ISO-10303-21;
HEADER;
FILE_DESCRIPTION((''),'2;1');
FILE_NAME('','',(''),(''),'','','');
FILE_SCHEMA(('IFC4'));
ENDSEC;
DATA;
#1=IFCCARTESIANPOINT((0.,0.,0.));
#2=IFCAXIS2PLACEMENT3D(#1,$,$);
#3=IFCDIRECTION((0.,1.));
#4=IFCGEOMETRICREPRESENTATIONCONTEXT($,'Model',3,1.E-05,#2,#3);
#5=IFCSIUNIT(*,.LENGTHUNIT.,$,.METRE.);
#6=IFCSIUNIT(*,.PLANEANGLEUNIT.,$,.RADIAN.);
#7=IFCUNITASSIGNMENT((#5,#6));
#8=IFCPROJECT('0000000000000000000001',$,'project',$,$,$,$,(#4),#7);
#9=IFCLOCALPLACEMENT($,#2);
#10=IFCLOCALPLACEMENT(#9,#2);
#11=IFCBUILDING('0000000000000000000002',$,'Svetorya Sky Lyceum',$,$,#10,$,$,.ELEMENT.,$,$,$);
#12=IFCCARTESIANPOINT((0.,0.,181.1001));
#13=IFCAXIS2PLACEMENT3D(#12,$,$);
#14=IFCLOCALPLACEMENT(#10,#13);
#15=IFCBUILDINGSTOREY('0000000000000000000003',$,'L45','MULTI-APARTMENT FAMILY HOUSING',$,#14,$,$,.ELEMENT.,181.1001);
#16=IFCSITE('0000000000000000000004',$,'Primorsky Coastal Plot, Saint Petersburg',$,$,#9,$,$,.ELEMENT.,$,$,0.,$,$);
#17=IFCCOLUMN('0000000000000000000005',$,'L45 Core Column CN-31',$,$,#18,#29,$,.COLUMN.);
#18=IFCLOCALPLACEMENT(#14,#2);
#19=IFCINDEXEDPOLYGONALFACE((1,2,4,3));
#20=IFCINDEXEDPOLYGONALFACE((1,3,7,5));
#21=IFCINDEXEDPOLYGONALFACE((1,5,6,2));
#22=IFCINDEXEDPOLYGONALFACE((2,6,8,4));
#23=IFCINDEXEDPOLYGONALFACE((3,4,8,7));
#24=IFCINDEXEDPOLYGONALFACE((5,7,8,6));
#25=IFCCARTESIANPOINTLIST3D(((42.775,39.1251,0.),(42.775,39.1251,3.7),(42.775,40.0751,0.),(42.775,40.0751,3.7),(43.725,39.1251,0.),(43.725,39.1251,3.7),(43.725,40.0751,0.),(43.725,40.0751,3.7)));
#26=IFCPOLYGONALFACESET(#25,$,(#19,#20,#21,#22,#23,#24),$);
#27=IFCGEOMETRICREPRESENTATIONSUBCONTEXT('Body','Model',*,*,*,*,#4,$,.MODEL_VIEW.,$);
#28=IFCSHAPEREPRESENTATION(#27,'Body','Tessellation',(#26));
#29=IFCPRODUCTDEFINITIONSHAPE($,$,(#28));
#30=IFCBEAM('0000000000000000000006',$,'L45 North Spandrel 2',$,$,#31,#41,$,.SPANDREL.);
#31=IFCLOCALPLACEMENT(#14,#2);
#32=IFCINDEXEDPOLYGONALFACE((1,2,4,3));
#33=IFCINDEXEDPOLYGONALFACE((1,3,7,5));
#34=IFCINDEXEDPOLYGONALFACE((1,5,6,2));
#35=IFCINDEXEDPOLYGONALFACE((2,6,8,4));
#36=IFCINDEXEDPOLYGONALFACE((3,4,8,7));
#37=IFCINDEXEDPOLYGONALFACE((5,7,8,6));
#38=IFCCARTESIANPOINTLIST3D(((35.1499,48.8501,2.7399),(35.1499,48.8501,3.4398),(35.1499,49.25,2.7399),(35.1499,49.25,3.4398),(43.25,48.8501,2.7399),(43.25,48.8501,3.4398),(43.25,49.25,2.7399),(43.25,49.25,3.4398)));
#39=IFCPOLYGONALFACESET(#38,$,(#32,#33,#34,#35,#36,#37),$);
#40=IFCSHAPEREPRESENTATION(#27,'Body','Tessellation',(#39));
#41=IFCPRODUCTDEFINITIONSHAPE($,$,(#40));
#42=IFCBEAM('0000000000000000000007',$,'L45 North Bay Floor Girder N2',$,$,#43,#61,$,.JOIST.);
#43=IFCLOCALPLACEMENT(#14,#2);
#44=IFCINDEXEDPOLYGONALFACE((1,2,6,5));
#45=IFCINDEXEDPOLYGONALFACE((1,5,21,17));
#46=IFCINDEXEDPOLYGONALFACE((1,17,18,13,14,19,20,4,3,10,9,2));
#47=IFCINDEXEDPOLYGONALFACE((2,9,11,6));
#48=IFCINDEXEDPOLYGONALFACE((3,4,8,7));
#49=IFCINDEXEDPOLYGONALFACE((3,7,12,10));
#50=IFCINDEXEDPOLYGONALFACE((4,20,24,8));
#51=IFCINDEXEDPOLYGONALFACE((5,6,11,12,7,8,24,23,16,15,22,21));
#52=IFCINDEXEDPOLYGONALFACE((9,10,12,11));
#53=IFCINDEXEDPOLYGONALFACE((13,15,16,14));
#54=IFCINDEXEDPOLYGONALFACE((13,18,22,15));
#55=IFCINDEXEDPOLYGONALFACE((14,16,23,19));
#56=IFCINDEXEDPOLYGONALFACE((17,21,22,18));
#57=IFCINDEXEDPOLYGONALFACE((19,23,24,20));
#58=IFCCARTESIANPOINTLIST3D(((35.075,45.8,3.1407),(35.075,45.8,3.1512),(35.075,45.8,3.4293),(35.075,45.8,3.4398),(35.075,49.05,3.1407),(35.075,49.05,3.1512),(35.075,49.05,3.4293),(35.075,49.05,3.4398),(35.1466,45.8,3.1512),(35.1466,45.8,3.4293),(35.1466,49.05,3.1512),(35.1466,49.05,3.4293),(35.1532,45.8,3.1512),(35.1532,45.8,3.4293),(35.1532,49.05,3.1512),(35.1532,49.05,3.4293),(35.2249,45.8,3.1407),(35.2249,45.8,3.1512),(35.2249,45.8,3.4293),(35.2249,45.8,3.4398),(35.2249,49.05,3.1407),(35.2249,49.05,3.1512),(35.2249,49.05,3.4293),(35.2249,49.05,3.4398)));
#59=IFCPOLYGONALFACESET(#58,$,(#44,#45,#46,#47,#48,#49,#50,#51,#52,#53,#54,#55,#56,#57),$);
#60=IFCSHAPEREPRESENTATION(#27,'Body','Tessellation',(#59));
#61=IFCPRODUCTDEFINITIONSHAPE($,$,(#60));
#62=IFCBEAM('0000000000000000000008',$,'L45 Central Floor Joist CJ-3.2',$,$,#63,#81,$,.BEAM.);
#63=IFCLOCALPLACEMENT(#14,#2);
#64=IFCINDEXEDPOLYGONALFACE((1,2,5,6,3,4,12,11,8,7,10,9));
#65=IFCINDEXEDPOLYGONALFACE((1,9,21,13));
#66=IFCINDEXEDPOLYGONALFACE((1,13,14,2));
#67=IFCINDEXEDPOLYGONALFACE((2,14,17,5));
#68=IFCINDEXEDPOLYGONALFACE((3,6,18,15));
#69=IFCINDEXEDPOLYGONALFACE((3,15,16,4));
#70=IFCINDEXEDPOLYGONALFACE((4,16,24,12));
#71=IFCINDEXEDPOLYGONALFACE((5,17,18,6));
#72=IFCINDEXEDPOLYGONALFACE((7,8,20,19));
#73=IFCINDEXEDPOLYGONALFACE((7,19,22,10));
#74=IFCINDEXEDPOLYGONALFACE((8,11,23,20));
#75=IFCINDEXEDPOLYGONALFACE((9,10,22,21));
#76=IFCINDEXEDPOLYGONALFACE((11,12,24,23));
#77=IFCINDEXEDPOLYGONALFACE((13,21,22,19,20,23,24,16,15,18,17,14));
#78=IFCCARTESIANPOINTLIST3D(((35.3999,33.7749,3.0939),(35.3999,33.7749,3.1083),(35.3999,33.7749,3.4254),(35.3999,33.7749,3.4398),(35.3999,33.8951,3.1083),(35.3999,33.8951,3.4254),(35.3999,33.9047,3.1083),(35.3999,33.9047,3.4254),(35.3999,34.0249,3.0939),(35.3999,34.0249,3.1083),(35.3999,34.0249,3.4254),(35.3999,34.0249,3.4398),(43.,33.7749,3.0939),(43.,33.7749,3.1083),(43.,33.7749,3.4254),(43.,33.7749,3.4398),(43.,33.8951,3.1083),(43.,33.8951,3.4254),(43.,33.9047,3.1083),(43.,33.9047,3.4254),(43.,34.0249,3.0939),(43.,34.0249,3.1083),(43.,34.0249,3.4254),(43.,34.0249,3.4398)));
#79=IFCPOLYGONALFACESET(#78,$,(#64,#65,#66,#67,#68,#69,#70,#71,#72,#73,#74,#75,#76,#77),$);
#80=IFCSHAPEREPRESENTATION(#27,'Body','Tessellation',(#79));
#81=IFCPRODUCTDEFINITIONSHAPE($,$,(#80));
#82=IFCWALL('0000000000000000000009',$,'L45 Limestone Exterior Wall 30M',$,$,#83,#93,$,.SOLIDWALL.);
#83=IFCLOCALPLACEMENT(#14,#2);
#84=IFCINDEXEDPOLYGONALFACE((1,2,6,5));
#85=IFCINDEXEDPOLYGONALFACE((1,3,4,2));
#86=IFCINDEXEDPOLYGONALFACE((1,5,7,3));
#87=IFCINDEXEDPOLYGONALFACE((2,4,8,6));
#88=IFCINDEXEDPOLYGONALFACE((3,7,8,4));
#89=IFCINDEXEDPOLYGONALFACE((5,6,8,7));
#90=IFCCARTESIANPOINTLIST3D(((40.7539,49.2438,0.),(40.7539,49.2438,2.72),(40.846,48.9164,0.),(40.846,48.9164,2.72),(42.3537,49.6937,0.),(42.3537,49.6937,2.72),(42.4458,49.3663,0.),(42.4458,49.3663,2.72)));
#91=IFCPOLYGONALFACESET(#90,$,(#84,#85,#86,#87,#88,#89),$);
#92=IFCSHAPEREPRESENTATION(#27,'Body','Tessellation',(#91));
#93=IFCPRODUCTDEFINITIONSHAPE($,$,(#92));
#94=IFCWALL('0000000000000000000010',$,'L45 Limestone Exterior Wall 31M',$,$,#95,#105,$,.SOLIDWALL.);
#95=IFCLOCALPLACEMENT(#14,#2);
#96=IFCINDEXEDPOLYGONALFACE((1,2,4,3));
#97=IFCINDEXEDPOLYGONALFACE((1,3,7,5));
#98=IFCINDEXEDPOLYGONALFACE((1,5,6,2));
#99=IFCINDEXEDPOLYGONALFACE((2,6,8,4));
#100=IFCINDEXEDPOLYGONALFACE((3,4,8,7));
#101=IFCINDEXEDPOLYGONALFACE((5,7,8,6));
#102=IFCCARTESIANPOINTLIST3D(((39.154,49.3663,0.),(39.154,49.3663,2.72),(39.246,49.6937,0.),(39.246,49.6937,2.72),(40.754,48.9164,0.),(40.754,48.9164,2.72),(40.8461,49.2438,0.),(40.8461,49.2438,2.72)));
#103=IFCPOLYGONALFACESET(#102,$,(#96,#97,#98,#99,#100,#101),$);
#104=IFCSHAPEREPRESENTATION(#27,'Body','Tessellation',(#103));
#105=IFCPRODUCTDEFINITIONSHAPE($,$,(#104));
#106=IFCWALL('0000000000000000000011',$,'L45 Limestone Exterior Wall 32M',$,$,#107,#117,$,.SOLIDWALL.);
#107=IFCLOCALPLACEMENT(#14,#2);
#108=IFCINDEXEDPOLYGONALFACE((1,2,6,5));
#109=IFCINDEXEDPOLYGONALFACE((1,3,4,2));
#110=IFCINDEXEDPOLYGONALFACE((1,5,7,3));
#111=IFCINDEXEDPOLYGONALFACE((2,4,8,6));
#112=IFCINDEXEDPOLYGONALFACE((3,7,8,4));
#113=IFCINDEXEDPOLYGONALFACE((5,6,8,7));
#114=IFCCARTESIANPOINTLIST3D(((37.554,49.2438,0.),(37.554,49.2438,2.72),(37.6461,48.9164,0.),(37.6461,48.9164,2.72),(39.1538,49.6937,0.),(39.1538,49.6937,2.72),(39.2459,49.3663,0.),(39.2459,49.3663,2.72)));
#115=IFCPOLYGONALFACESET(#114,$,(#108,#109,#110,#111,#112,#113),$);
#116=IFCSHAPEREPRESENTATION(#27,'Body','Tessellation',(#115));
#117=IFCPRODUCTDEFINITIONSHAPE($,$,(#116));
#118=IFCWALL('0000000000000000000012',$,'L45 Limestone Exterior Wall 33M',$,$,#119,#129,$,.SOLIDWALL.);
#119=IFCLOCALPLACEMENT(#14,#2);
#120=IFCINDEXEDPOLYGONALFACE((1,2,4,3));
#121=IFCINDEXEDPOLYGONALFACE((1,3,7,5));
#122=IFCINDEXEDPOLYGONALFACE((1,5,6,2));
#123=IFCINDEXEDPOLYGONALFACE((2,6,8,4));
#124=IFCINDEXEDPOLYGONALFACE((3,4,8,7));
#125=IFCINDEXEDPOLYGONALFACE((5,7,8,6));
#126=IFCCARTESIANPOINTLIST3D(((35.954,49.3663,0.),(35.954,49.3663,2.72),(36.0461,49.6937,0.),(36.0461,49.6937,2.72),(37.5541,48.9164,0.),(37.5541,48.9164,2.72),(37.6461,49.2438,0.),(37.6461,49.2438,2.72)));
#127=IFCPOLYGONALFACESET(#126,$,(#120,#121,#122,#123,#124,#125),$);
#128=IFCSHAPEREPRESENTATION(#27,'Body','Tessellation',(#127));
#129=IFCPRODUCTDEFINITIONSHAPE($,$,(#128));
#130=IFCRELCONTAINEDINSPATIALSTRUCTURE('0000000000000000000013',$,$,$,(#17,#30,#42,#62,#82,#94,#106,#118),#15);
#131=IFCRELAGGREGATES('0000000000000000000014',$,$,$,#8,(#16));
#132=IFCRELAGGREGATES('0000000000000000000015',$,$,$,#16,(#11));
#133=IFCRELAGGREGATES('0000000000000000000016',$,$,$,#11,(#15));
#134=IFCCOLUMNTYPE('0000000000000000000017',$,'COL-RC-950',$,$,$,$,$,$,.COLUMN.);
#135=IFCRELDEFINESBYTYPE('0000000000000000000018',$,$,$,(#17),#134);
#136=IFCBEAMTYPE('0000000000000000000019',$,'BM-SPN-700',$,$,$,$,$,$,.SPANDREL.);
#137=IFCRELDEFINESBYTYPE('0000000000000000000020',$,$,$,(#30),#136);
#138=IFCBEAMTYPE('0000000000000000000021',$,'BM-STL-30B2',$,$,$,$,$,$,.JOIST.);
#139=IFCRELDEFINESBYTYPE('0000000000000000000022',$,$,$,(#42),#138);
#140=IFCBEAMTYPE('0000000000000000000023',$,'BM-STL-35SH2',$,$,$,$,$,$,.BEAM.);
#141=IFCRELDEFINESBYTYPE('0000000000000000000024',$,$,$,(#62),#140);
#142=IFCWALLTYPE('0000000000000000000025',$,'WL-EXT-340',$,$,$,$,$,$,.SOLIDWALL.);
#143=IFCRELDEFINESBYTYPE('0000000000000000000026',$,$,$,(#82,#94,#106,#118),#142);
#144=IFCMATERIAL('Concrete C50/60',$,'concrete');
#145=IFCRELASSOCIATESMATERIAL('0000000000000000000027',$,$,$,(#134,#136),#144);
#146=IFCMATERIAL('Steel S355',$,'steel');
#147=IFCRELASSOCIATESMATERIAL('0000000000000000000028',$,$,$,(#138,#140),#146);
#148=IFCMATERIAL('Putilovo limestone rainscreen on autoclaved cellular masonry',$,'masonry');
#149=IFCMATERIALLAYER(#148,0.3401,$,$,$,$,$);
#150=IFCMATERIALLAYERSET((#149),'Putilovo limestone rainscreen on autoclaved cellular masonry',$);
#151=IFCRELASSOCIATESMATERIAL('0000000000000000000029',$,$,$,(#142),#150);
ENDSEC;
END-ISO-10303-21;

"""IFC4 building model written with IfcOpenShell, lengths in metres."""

from ifc_helpers import new_model, si_unit, direction, frame, frame_2d, origin, origin_2d, place, context, subcontext, project, spatial, rectangle, i_section, extrude, material, layer, layer_set, material_profile, profile_set, type_object, element, save


model = new_model("IFC4")

# Units and contexts
model_context = context("Model", 3, precision=1e-05, world=origin(), true_north=direction((0.0, 1.0)))
body_context = subcontext(model_context, "Body", "Model", "MODEL_VIEW")
ifc_project = project(units=[si_unit("LENGTHUNIT", "METRE"), si_unit("PLANEANGLEUNIT", "RADIAN")], contexts=[model_context])

# Site, building, storey
site_placement = place(None, origin())
site = spatial("IfcSite", under=ifc_project, at=site_placement, Name="Primorsky Coastal Plot, Saint Petersburg", CompositionType="ELEMENT", RefElevation=0.0)
building_placement = place(site_placement, origin())
building = spatial("IfcBuilding", under=site, at=building_placement, Name="Svetorya Sky Lyceum", CompositionType="ELEMENT")
storey_placement = place(building_placement, frame((0.0, 0.0, 181.1001)))
storey = spatial("IfcBuildingStorey", under=building, at=storey_placement, Name="L45", Description="MULTI-APARTMENT FAMILY HOUSING", CompositionType="ELEMENT", Elevation=181.1001)

# Column
ifc_material_1 = material(Name="Concrete C50/60", Category="concrete")
ifc_material_profile_1 = material_profile(ifc_material_1, rectangle(XDim=0.95, YDim=0.95, at=origin_2d()), Name="RC COL 950x950")
ifc_profile_set_1 = profile_set([ifc_material_profile_1], Name="Concrete C50/60")
column_type = type_object("IfcColumnType", Name="COL-RC-950", PredefinedType="COLUMN", material=ifc_profile_set_1)
column_placement = place(storey_placement, frame((43.25, 39.6001, 0.0), z_axis=(0.0, 0.0, 1.0), x_axis=(1.0, 0.0, 0.0)))
element("IfcColumn", 1, at=column_placement, inside=storey, type_object=column_type, Name="L45 Core Column CN-31", PredefinedType="COLUMN", context=body_context, shape_type="SweptSolid", body=[
    extrude(rectangle(XDim=0.95, YDim=0.95, at=origin_2d()), origin(), (0.0, 0.0, 1.0), 3.7),
])

# Beams
ifc_material_profile_2 = material_profile(ifc_material_1, rectangle(XDim=0.3999, YDim=0.7, at=origin_2d()), Name="RC SPANDREL 400x700")
ifc_profile_set_2 = profile_set([ifc_material_profile_2], Name="Concrete C50/60")
beam_type_1 = type_object("IfcBeamType", Name="BM-SPN-700", PredefinedType="SPANDREL", material=ifc_profile_set_2)
beam_1_placement = place(storey_placement, frame((35.1499, 49.05, 3.0898), z_axis=(1.0, 0.0, 0.0), x_axis=(0.0, 1.0, 0.0)))
element("IfcBeam", 2, at=beam_1_placement, inside=storey, type_object=beam_type_1, Name="L45 North Spandrel 2", PredefinedType="SPANDREL", context=body_context, shape_type="SweptSolid", body=[
    extrude(rectangle(XDim=0.3999, YDim=0.7, at=origin_2d()), origin(), (0.0, 0.0, 1.0), 8.1001),
])
ifc_material_2 = material(Name="Steel S355", Category="steel")
ifc_material_profile_3 = material_profile(ifc_material_2, i_section(OverallWidth=0.1499, OverallDepth=0.2991, WebThickness=0.0066, FlangeThickness=0.0105, at=origin_2d()), Name="GOST 30B2")
ifc_profile_set_3 = profile_set([ifc_material_profile_3], Name="Steel S355")
beam_type_2 = type_object("IfcBeamType", Name="BM-STL-30B2", PredefinedType="JOIST", material=ifc_profile_set_3)
beam_2_placement = place(storey_placement, frame((35.1499, 45.8, 3.2903), z_axis=(0.0, 1.0, 0.0), x_axis=(-1.0, 0.0, 0.0)))
element("IfcBeam", 3, at=beam_2_placement, inside=storey, type_object=beam_type_2, Name="L45 North Bay Floor Girder N2", PredefinedType="JOIST", context=body_context, shape_type="SweptSolid", body=[
    extrude(i_section(OverallWidth=0.1499, OverallDepth=0.2991, WebThickness=0.0066, FlangeThickness=0.0105, at=origin_2d()), origin(), (0.0, 0.0, 1.0), 3.25),
])
ifc_material_profile_4 = material_profile(ifc_material_2, i_section(OverallWidth=0.25, OverallDepth=0.3459, WebThickness=0.0095, FlangeThickness=0.0144, at=origin_2d()), Name="GOST 35Sh2")
ifc_profile_set_4 = profile_set([ifc_material_profile_4], Name="Steel S355")
beam_type_3 = type_object("IfcBeamType", Name="BM-STL-35SH2", PredefinedType="BEAM", material=ifc_profile_set_4)
beam_3_placement = place(storey_placement, frame((35.3999, 33.8999, 3.2668), z_axis=(1.0, 0.0, 0.0), x_axis=(0.0, 1.0, 0.0)))
element("IfcBeam", 4, at=beam_3_placement, inside=storey, type_object=beam_type_3, Name="L45 Central Floor Joist CJ-3.2", PredefinedType="BEAM", context=body_context, shape_type="SweptSolid", body=[
    extrude(i_section(OverallWidth=0.25, OverallDepth=0.3459, WebThickness=0.0095, FlangeThickness=0.0144, at=origin_2d()), origin(), (0.0, 0.0, 1.0), 7.6001),
])

# Walls
ifc_material_3 = material(Name="Putilovo limestone rainscreen on autoclaved cellular masonry", Category="masonry")
ifc_layer_1 = layer(ifc_material_3, 0.3401)
ifc_layer_set_1 = layer_set([ifc_layer_1], Name="Putilovo limestone rainscreen on autoclaved cellular masonry")
wall_type_1 = type_object("IfcWallType", Name="WL-EXT-340", PredefinedType="SOLIDWALL", material=ifc_layer_set_1)
wall_1_placement = place(storey_placement, frame((42.3999, 49.53, 0.0), z_axis=(0.0, 0.0, 1.0), x_axis=(-0.962652, -0.270741, 0.0)))
element("IfcWall", 5, at=wall_1_placement, inside=storey, type_object=wall_type_1, Name="L45 Limestone Exterior Wall 30M", PredefinedType="SOLIDWALL", context=body_context, shape_type="SweptSolid", body=[
    extrude(rectangle(XDim=1.6619, YDim=0.3401, at=frame_2d((0.8311, 0.0))), origin(), (0.0, 0.0, 1.0), 2.72),
])
wall_2_placement = place(storey_placement, frame((40.8, 49.0801, 0.0), z_axis=(0.0, 0.0, 1.0), x_axis=(-0.962663, 0.270703, 0.0)))
element("IfcWall", 6, at=wall_2_placement, inside=storey, type_object=wall_type_1, Name="L45 Limestone Exterior Wall 31M", PredefinedType="SOLIDWALL", context=body_context, shape_type="SweptSolid", body=[
    extrude(rectangle(XDim=1.6621, YDim=0.3401, at=frame_2d((0.8311, 0.0))), origin(), (0.0, 0.0, 1.0), 2.72),
])
wall_3_placement = place(storey_placement, frame((39.2, 49.53, 0.0), z_axis=(0.0, 0.0, 1.0), x_axis=(-0.962652, -0.270741, 0.0)))
element("IfcWall", 7, at=wall_3_placement, inside=storey, type_object=wall_type_1, Name="L45 Limestone Exterior Wall 32M", PredefinedType="SOLIDWALL", context=body_context, shape_type="SweptSolid", body=[
    extrude(rectangle(XDim=1.6619, YDim=0.3401, at=frame_2d((0.8311, 0.0))), origin(), (0.0, 0.0, 1.0), 2.72),
])
wall_4_placement = place(storey_placement, frame((37.6001, 49.0801, 0.0), z_axis=(0.0, 0.0, 1.0), x_axis=(-0.962663, 0.270703, 0.0)))
element("IfcWall", 8, at=wall_4_placement, inside=storey, type_object=wall_type_1, Name="L45 Limestone Exterior Wall 33M", PredefinedType="SOLIDWALL", context=body_context, shape_type="SweptSolid", body=[
    extrude(rectangle(XDim=1.6621, YDim=0.3401, at=frame_2d((0.8311, 0.0))), origin(), (0.0, 0.0, 1.0), 2.72),
])

save(model, "model.ifc")
